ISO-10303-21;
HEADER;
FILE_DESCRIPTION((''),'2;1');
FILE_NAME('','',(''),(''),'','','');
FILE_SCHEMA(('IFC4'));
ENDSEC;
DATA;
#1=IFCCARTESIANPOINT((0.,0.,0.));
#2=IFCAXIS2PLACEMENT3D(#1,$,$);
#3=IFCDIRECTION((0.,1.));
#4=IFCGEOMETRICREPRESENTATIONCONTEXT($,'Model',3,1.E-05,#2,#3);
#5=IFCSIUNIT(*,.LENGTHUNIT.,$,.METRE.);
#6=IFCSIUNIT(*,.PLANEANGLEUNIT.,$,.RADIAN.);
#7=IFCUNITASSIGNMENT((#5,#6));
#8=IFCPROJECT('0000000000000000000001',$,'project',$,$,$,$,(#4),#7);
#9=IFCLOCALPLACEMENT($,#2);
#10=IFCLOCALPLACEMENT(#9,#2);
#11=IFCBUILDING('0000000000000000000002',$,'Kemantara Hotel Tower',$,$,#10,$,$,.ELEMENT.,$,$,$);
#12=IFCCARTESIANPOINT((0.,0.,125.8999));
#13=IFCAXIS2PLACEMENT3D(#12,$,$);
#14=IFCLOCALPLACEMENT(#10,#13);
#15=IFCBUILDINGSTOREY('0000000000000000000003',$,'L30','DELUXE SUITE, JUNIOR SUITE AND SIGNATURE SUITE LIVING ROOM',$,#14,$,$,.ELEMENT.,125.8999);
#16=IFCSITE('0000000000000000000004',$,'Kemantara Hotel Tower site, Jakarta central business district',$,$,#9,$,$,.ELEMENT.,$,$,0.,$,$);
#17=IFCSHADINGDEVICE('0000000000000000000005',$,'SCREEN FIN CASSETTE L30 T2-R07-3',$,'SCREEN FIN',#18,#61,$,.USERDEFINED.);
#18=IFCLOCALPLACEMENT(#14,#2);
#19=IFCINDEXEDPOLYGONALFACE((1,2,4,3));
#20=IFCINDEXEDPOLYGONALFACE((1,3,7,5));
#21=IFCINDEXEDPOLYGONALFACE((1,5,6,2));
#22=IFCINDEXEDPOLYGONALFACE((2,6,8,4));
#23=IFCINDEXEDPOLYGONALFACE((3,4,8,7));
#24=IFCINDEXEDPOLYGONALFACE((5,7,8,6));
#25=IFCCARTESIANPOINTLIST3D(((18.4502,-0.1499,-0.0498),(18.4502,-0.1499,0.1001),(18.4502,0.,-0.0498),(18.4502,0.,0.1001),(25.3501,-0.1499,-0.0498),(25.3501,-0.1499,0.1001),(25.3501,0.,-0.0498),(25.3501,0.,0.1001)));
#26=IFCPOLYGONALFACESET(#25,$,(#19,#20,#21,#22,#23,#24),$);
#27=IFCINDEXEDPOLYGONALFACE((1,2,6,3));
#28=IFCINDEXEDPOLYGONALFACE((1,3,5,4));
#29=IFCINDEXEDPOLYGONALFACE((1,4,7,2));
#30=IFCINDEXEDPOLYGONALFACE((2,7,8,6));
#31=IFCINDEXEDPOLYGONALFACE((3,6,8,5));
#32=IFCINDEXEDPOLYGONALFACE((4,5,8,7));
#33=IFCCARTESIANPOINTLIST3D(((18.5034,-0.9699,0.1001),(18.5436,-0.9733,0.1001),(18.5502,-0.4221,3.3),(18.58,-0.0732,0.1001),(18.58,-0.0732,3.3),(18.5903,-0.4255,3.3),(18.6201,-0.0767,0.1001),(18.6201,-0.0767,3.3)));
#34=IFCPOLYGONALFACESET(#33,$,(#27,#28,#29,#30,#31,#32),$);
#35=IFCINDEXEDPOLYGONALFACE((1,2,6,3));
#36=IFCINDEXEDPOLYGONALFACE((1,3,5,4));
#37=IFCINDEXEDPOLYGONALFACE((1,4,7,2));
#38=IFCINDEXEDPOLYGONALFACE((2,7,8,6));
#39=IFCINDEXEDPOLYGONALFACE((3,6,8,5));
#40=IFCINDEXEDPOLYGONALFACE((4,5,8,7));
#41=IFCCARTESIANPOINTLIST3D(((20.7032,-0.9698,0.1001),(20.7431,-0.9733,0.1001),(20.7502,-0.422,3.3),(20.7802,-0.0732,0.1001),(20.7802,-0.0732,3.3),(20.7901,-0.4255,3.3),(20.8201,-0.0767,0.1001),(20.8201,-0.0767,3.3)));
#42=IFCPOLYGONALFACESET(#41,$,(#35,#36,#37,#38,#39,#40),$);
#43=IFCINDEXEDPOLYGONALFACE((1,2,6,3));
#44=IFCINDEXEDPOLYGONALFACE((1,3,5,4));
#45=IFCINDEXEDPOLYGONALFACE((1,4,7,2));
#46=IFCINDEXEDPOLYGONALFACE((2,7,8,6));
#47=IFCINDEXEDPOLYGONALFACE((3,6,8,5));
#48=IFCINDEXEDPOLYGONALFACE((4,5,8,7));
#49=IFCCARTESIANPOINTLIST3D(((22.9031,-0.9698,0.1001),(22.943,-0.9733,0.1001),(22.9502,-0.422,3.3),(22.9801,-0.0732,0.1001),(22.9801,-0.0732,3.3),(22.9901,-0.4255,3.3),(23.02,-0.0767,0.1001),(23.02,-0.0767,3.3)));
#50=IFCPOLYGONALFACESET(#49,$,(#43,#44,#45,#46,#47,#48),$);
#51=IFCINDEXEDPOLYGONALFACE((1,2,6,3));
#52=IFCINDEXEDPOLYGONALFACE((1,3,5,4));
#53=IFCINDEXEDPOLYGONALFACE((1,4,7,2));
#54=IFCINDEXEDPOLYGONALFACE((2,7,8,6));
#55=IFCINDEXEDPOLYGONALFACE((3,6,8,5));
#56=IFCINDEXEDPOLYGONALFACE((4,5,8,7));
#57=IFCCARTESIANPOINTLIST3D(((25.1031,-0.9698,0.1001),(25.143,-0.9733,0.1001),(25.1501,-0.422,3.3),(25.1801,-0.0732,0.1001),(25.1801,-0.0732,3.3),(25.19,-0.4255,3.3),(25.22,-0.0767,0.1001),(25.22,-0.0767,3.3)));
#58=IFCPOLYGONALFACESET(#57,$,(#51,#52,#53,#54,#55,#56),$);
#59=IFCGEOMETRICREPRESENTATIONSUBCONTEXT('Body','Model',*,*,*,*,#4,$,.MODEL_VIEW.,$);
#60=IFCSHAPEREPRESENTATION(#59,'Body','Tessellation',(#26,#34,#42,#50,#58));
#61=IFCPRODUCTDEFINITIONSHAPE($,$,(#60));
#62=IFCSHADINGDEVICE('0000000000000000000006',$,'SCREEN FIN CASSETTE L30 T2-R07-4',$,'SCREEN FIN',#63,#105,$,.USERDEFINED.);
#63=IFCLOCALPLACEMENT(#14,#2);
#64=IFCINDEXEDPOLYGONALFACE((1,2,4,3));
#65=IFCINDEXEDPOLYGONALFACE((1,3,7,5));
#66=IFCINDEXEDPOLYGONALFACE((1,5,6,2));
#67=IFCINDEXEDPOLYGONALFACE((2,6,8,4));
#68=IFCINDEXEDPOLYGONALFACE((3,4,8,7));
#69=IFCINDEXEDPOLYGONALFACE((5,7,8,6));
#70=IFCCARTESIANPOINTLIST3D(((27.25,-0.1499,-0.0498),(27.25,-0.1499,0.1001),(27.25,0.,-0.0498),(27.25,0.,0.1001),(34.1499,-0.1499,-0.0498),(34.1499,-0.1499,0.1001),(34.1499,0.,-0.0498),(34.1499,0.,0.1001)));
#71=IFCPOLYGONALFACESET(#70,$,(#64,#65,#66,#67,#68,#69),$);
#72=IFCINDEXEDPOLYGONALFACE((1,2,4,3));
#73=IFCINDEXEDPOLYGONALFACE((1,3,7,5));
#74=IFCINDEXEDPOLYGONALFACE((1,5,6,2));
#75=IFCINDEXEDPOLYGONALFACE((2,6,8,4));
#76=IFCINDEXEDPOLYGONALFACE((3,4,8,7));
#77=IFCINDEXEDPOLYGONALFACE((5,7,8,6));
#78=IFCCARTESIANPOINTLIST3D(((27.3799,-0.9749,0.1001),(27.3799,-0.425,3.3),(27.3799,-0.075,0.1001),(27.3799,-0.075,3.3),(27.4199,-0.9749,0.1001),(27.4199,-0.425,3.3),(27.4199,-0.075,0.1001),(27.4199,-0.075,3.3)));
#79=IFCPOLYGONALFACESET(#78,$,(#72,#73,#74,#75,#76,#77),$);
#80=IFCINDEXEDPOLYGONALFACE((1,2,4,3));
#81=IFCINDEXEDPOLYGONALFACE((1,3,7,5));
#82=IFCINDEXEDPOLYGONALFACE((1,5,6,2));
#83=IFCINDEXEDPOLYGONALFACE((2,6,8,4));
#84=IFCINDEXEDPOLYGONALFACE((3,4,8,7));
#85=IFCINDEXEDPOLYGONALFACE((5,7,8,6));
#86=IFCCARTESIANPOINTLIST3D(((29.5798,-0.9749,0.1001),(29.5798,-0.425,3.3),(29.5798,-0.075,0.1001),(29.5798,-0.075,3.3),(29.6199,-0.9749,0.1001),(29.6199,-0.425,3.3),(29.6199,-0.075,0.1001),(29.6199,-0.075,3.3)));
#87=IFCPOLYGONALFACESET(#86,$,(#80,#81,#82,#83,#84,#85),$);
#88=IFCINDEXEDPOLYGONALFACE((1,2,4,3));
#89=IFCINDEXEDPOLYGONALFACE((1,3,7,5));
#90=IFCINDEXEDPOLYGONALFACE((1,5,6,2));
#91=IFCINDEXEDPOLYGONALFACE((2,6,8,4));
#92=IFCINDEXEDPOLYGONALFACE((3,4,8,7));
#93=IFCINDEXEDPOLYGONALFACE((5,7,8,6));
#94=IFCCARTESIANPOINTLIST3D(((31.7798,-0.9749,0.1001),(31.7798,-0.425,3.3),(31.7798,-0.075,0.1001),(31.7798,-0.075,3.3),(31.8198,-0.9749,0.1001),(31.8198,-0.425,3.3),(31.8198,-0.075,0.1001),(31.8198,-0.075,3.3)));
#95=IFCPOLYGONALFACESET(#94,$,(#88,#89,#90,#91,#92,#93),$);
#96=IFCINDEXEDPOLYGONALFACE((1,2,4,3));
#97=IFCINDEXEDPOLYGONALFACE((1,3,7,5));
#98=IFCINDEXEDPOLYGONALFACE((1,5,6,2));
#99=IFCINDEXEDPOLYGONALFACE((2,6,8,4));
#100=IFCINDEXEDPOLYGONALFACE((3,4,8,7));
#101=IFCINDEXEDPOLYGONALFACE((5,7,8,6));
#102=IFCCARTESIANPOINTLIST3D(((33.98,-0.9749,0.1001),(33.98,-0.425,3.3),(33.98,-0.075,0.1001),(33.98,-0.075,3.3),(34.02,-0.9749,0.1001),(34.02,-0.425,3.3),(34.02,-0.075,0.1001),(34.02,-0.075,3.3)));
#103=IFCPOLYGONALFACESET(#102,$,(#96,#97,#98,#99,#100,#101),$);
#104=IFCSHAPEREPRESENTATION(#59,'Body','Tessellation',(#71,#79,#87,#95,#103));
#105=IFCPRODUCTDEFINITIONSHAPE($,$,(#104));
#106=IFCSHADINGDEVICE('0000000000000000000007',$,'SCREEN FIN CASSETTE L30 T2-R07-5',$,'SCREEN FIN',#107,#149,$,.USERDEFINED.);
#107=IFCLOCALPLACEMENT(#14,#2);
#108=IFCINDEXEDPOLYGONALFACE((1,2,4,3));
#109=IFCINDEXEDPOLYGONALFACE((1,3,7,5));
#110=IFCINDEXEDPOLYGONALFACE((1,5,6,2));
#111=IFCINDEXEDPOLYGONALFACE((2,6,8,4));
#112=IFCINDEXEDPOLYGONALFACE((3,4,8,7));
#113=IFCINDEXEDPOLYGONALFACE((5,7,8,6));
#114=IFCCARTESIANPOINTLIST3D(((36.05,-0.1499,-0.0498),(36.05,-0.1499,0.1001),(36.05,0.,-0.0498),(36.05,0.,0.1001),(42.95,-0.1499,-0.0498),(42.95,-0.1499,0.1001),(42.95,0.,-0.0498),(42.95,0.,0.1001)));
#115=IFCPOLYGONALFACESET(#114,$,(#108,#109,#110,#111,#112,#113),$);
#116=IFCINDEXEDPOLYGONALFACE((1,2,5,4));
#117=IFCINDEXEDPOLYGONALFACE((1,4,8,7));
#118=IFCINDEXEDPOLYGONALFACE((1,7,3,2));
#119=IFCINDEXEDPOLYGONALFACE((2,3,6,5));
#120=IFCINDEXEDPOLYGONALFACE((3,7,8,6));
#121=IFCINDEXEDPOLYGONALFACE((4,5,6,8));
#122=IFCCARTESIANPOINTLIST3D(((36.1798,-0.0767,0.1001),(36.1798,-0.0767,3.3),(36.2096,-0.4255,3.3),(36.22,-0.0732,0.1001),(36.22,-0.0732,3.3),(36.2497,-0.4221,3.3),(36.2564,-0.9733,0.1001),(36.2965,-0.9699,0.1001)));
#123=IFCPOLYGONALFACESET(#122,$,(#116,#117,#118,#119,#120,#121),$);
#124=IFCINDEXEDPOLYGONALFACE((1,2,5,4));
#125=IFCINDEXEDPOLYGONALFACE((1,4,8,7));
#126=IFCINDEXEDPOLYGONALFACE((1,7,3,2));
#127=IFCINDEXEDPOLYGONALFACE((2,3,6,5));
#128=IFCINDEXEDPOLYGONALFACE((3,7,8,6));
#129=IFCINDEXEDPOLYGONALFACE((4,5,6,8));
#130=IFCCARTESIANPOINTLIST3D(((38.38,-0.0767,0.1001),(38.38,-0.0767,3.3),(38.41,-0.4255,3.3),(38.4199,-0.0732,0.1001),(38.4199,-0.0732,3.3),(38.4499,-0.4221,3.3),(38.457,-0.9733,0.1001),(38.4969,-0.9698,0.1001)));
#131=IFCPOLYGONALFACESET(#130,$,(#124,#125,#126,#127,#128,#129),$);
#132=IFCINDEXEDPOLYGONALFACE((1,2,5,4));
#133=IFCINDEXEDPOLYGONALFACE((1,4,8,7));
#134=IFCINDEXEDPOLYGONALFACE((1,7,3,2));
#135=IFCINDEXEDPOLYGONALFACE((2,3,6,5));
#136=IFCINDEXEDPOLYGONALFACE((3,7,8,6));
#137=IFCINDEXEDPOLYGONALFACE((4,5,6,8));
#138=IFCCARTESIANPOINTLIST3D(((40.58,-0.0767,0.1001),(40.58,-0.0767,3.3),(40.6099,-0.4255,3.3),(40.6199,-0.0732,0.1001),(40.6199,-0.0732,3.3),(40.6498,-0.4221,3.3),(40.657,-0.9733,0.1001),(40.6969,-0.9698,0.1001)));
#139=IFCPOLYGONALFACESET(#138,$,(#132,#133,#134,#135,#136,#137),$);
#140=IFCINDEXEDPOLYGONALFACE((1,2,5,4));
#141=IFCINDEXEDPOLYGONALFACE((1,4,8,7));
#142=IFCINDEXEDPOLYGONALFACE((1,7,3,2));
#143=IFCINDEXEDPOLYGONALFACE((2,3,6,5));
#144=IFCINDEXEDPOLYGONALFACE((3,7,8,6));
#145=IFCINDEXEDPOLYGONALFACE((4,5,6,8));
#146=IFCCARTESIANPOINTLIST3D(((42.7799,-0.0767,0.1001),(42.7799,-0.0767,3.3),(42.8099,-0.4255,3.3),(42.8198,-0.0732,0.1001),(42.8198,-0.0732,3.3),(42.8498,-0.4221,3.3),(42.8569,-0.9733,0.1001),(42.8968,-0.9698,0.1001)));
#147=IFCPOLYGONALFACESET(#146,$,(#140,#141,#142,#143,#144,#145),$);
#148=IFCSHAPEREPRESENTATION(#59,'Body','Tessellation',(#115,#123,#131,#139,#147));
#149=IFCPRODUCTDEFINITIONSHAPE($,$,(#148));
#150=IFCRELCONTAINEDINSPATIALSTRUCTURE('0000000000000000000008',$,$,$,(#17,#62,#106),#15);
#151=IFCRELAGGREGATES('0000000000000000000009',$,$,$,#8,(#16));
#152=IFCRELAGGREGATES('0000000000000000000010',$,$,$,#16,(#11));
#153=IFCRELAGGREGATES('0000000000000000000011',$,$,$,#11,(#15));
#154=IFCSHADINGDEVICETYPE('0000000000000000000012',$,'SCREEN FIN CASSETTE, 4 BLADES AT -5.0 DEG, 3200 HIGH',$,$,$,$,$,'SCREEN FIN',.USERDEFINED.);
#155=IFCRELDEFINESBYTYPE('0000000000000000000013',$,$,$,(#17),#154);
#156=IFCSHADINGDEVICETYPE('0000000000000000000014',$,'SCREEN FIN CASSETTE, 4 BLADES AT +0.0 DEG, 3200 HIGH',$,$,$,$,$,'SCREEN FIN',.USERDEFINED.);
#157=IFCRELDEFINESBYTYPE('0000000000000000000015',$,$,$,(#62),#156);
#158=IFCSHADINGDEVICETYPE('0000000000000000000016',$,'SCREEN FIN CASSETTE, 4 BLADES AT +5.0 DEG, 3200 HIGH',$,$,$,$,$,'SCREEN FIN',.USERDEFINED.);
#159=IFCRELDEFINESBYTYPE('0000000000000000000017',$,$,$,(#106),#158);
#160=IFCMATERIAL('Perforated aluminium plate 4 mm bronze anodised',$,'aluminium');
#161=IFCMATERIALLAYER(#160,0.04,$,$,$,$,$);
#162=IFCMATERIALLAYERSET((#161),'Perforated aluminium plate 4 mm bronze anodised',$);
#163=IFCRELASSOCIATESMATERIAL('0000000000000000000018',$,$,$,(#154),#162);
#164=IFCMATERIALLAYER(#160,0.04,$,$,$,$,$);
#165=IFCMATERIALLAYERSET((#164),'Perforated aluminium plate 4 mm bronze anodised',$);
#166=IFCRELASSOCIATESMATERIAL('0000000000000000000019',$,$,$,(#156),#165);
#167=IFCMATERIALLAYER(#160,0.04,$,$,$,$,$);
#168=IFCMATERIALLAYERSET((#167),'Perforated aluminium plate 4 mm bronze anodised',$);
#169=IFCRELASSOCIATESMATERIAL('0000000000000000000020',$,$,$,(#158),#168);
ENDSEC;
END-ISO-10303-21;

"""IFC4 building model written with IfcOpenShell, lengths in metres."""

from ifc_helpers import new_model, si_unit, direction, frame, origin, origin_2d, place, context, subcontext, project, spatial, polyline, rectangle, outline, extrude, source, transform, mapped, material, layer, layer_set, type_object, element, save


model = new_model("IFC4")

# Units and contexts
model_context = context("Model", 3, precision=1e-05, world=origin(), true_north=direction((0.0, 1.0)))
body_context = subcontext(model_context, "Body", "Model", "MODEL_VIEW")
ifc_project = project(units=[si_unit("LENGTHUNIT", "METRE"), si_unit("PLANEANGLEUNIT", "RADIAN")], contexts=[model_context])

# Site, building, storey
site_placement = place(None, origin())
site = spatial("IfcSite", under=ifc_project, at=site_placement, Name="Kemantara Hotel Tower site, Jakarta central business district", CompositionType="ELEMENT", RefElevation=0.0)
building_placement = place(site_placement, origin())
building = spatial("IfcBuilding", under=site, at=building_placement, Name="Kemantara Hotel Tower", CompositionType="ELEMENT")
storey_placement = place(building_placement, frame((0.0, 0.0, 125.8999)))
storey = spatial("IfcBuildingStorey", under=building, at=storey_placement, Name="L30", Description="DELUXE SUITE, JUNIOR SUITE AND SIGNATURE SUITE LIVING ROOM", CompositionType="ELEMENT", Elevation=125.8999)

# Shading devices
ifc_material_1 = material(Name="Perforated aluminium plate 4 mm bronze anodised", Category="aluminium")
ifc_layer_1 = layer(ifc_material_1, 0.04)
ifc_layer_set_1 = layer_set([ifc_layer_1], Name="Perforated aluminium plate 4 mm bronze anodised")
shading_device_type_1 = type_object("IfcShadingDeviceType", Name="SCREEN FIN CASSETTE, 4 BLADES AT -5.0 DEG, 3200 HIGH", ElementType="SCREEN FIN", PredefinedType="USERDEFINED", material=ifc_layer_set_1)
shared_shape_1 = source(origin(), body_context, "Body", "SweptSolid", [
    extrude(rectangle(XDim=6.8999, YDim=0.1499, at=origin_2d()), frame((3.3, -0.075, -0.1499), z_axis=(0.0, 0.0, 1.0), x_axis=(1.0, 0.0, 0.0)), (0.0, 0.0, 1.0), 0.1499),
    extrude(outline(polyline([(0.0, 0.0), (0.8999, 0.0), (0.3501, 3.2), (0.0, 3.2), (0.0, 0.0)])), frame((0.02, -0.0767, 0.0), z_axis=(-0.996376, 0.085056, 0.0), x_axis=(-0.085056, -0.996376, 0.0)), (0.0, 0.0, 1.0), 0.0403),
    extrude(outline(polyline([(0.0, 0.0), (0.8999, 0.0), (0.3501, 3.2), (0.0, 3.2), (0.0, 0.0)])), frame((2.22, -0.0767, 0.0), z_axis=(-0.996332, 0.085575, 0.0), x_axis=(-0.085575, -0.996332, 0.0)), (0.0, 0.0, 1.0), 0.04),
    extrude(outline(polyline([(0.0, 0.0), (0.8999, 0.0), (0.3501, 3.2), (0.0, 3.2), (0.0, 0.0)])), frame((4.4199, -0.0767, 0.0), z_axis=(-0.996332, 0.085575, 0.0), x_axis=(-0.085575, -0.996332, 0.0)), (0.0, 0.0, 1.0), 0.04),
    extrude(outline(polyline([(0.0, 0.0), (0.8999, 0.0), (0.3501, 3.2), (0.0, 3.2), (0.0, 0.0)])), frame((6.6199, -0.0767, 0.0), z_axis=(-0.996332, 0.085575, 0.0), x_axis=(-0.085575, -0.996332, 0.0)), (0.0, 0.0, 1.0), 0.04),
])
shading_device_1_placement = place(storey_placement, frame((18.6001, 0.0, 0.1001), z_axis=(0.0, 0.0, 1.0), x_axis=(1.0, 0.0, 0.0)))
element("IfcShadingDevice", 1, at=shading_device_1_placement, inside=storey, type_object=shading_device_type_1, Name="SCREEN FIN CASSETTE L30 T2-R07-3", ObjectType="SCREEN FIN", PredefinedType="USERDEFINED", context=body_context, shape_type="MappedRepresentation", body=[
    mapped(shared_shape_1, transform((0.0, 0.0, 0.0))),
])
ifc_layer_2 = layer(ifc_material_1, 0.04)
ifc_layer_set_2 = layer_set([ifc_layer_2], Name="Perforated aluminium plate 4 mm bronze anodised")
shading_device_type_2 = type_object("IfcShadingDeviceType", Name="SCREEN FIN CASSETTE, 4 BLADES AT +0.0 DEG, 3200 HIGH", ElementType="SCREEN FIN", PredefinedType="USERDEFINED", material=ifc_layer_set_2)
shared_shape_2 = source(origin(), body_context, "Body", "SweptSolid", [
    extrude(rectangle(XDim=6.8999, YDim=0.1499, at=origin_2d()), frame((3.3, -0.075, -0.1499), z_axis=(0.0, 0.0, 1.0), x_axis=(1.0, 0.0, 0.0)), (0.0, 0.0, 1.0), 0.1499),
    extrude(outline(polyline([(0.0, 0.0), (0.8999, 0.0), (0.3501, 3.2), (0.0, 3.2), (0.0, 0.0)])), frame((0.02, -0.075, 0.0), z_axis=(-1.0, 0.0, 0.0), x_axis=(0.0, -1.0, 0.0)), (0.0, 0.0, 1.0), 0.04),
    extrude(outline(polyline([(0.0, 0.0), (0.8999, 0.0), (0.3501, 3.2), (0.0, 3.2), (0.0, 0.0)])), frame((2.22, -0.075, 0.0), z_axis=(-1.0, 0.0, 0.0), x_axis=(0.0, -1.0, 0.0)), (0.0, 0.0, 1.0), 0.04),
    extrude(outline(polyline([(0.0, 0.0), (0.8999, 0.0), (0.3501, 3.2), (0.0, 3.2), (0.0, 0.0)])), frame((4.4199, -0.075, 0.0), z_axis=(-1.0, 0.0, 0.0), x_axis=(0.0, -1.0, 0.0)), (0.0, 0.0, 1.0), 0.04),
    extrude(outline(polyline([(0.0, 0.0), (0.8999, 0.0), (0.3501, 3.2), (0.0, 3.2), (0.0, 0.0)])), frame((6.6201, -0.075, 0.0), z_axis=(-1.0, 0.0, 0.0), x_axis=(0.0, -1.0, 0.0)), (0.0, 0.0, 1.0), 0.04),
])
shading_device_2_placement = place(storey_placement, frame((27.3999, 0.0, 0.1001), z_axis=(0.0, 0.0, 1.0), x_axis=(1.0, 0.0, 0.0)))
element("IfcShadingDevice", 2, at=shading_device_2_placement, inside=storey, type_object=shading_device_type_2, Name="SCREEN FIN CASSETTE L30 T2-R07-4", ObjectType="SCREEN FIN", PredefinedType="USERDEFINED", context=body_context, shape_type="MappedRepresentation", body=[
    mapped(shared_shape_2, transform((0.0, 0.0, 0.0))),
])
ifc_layer_3 = layer(ifc_material_1, 0.04)
ifc_layer_set_3 = layer_set([ifc_layer_3], Name="Perforated aluminium plate 4 mm bronze anodised")
shading_device_type_3 = type_object("IfcShadingDeviceType", Name="SCREEN FIN CASSETTE, 4 BLADES AT +5.0 DEG, 3200 HIGH", ElementType="SCREEN FIN", PredefinedType="USERDEFINED", material=ifc_layer_set_3)
shared_shape_3 = source(origin(), body_context, "Body", "SweptSolid", [
    extrude(rectangle(XDim=6.8999, YDim=0.1499, at=origin_2d()), frame((3.3, -0.075, -0.1499), z_axis=(0.0, 0.0, 1.0), x_axis=(1.0, 0.0, 0.0)), (0.0, 0.0, 1.0), 0.1499),
    extrude(outline(polyline([(0.0, 0.0), (0.8999, 0.0), (0.3501, 3.2), (0.0, 3.2), (0.0, 0.0)])), frame((0.02, -0.0732, 0.0), z_axis=(-0.996376, -0.085056, 0.0), x_axis=(0.085056, -0.996376, 0.0)), (0.0, 0.0, 1.0), 0.0403),
    extrude(outline(polyline([(0.0, 0.0), (0.8999, 0.0), (0.3501, 3.2), (0.0, 3.2), (0.0, 0.0)])), frame((2.22, -0.0732, 0.0), z_axis=(-0.996332, -0.085575, 0.0), x_axis=(0.085575, -0.996332, 0.0)), (0.0, 0.0, 1.0), 0.04),
    extrude(outline(polyline([(0.0, 0.0), (0.8999, 0.0), (0.3501, 3.2), (0.0, 3.2), (0.0, 0.0)])), frame((4.4199, -0.0732, 0.0), z_axis=(-0.996332, -0.085575, 0.0), x_axis=(0.085575, -0.996332, 0.0)), (0.0, 0.0, 1.0), 0.04),
    extrude(outline(polyline([(0.0, 0.0), (0.8999, 0.0), (0.3501, 3.2), (0.0, 3.2), (0.0, 0.0)])), frame((6.6199, -0.0732, 0.0), z_axis=(-0.996332, -0.085575, 0.0), x_axis=(0.085575, -0.996332, 0.0)), (0.0, 0.0, 1.0), 0.04),
])
shading_device_3_placement = place(storey_placement, frame((36.2, 0.0, 0.1001), z_axis=(0.0, 0.0, 1.0), x_axis=(1.0, 0.0, 0.0)))
element("IfcShadingDevice", 3, at=shading_device_3_placement, inside=storey, type_object=shading_device_type_3, Name="SCREEN FIN CASSETTE L30 T2-R07-5", ObjectType="SCREEN FIN", PredefinedType="USERDEFINED", context=body_context, shape_type="MappedRepresentation", body=[
    mapped(shared_shape_3, transform((0.0, 0.0, 0.0))),
])

save(model, "model.ifc")
